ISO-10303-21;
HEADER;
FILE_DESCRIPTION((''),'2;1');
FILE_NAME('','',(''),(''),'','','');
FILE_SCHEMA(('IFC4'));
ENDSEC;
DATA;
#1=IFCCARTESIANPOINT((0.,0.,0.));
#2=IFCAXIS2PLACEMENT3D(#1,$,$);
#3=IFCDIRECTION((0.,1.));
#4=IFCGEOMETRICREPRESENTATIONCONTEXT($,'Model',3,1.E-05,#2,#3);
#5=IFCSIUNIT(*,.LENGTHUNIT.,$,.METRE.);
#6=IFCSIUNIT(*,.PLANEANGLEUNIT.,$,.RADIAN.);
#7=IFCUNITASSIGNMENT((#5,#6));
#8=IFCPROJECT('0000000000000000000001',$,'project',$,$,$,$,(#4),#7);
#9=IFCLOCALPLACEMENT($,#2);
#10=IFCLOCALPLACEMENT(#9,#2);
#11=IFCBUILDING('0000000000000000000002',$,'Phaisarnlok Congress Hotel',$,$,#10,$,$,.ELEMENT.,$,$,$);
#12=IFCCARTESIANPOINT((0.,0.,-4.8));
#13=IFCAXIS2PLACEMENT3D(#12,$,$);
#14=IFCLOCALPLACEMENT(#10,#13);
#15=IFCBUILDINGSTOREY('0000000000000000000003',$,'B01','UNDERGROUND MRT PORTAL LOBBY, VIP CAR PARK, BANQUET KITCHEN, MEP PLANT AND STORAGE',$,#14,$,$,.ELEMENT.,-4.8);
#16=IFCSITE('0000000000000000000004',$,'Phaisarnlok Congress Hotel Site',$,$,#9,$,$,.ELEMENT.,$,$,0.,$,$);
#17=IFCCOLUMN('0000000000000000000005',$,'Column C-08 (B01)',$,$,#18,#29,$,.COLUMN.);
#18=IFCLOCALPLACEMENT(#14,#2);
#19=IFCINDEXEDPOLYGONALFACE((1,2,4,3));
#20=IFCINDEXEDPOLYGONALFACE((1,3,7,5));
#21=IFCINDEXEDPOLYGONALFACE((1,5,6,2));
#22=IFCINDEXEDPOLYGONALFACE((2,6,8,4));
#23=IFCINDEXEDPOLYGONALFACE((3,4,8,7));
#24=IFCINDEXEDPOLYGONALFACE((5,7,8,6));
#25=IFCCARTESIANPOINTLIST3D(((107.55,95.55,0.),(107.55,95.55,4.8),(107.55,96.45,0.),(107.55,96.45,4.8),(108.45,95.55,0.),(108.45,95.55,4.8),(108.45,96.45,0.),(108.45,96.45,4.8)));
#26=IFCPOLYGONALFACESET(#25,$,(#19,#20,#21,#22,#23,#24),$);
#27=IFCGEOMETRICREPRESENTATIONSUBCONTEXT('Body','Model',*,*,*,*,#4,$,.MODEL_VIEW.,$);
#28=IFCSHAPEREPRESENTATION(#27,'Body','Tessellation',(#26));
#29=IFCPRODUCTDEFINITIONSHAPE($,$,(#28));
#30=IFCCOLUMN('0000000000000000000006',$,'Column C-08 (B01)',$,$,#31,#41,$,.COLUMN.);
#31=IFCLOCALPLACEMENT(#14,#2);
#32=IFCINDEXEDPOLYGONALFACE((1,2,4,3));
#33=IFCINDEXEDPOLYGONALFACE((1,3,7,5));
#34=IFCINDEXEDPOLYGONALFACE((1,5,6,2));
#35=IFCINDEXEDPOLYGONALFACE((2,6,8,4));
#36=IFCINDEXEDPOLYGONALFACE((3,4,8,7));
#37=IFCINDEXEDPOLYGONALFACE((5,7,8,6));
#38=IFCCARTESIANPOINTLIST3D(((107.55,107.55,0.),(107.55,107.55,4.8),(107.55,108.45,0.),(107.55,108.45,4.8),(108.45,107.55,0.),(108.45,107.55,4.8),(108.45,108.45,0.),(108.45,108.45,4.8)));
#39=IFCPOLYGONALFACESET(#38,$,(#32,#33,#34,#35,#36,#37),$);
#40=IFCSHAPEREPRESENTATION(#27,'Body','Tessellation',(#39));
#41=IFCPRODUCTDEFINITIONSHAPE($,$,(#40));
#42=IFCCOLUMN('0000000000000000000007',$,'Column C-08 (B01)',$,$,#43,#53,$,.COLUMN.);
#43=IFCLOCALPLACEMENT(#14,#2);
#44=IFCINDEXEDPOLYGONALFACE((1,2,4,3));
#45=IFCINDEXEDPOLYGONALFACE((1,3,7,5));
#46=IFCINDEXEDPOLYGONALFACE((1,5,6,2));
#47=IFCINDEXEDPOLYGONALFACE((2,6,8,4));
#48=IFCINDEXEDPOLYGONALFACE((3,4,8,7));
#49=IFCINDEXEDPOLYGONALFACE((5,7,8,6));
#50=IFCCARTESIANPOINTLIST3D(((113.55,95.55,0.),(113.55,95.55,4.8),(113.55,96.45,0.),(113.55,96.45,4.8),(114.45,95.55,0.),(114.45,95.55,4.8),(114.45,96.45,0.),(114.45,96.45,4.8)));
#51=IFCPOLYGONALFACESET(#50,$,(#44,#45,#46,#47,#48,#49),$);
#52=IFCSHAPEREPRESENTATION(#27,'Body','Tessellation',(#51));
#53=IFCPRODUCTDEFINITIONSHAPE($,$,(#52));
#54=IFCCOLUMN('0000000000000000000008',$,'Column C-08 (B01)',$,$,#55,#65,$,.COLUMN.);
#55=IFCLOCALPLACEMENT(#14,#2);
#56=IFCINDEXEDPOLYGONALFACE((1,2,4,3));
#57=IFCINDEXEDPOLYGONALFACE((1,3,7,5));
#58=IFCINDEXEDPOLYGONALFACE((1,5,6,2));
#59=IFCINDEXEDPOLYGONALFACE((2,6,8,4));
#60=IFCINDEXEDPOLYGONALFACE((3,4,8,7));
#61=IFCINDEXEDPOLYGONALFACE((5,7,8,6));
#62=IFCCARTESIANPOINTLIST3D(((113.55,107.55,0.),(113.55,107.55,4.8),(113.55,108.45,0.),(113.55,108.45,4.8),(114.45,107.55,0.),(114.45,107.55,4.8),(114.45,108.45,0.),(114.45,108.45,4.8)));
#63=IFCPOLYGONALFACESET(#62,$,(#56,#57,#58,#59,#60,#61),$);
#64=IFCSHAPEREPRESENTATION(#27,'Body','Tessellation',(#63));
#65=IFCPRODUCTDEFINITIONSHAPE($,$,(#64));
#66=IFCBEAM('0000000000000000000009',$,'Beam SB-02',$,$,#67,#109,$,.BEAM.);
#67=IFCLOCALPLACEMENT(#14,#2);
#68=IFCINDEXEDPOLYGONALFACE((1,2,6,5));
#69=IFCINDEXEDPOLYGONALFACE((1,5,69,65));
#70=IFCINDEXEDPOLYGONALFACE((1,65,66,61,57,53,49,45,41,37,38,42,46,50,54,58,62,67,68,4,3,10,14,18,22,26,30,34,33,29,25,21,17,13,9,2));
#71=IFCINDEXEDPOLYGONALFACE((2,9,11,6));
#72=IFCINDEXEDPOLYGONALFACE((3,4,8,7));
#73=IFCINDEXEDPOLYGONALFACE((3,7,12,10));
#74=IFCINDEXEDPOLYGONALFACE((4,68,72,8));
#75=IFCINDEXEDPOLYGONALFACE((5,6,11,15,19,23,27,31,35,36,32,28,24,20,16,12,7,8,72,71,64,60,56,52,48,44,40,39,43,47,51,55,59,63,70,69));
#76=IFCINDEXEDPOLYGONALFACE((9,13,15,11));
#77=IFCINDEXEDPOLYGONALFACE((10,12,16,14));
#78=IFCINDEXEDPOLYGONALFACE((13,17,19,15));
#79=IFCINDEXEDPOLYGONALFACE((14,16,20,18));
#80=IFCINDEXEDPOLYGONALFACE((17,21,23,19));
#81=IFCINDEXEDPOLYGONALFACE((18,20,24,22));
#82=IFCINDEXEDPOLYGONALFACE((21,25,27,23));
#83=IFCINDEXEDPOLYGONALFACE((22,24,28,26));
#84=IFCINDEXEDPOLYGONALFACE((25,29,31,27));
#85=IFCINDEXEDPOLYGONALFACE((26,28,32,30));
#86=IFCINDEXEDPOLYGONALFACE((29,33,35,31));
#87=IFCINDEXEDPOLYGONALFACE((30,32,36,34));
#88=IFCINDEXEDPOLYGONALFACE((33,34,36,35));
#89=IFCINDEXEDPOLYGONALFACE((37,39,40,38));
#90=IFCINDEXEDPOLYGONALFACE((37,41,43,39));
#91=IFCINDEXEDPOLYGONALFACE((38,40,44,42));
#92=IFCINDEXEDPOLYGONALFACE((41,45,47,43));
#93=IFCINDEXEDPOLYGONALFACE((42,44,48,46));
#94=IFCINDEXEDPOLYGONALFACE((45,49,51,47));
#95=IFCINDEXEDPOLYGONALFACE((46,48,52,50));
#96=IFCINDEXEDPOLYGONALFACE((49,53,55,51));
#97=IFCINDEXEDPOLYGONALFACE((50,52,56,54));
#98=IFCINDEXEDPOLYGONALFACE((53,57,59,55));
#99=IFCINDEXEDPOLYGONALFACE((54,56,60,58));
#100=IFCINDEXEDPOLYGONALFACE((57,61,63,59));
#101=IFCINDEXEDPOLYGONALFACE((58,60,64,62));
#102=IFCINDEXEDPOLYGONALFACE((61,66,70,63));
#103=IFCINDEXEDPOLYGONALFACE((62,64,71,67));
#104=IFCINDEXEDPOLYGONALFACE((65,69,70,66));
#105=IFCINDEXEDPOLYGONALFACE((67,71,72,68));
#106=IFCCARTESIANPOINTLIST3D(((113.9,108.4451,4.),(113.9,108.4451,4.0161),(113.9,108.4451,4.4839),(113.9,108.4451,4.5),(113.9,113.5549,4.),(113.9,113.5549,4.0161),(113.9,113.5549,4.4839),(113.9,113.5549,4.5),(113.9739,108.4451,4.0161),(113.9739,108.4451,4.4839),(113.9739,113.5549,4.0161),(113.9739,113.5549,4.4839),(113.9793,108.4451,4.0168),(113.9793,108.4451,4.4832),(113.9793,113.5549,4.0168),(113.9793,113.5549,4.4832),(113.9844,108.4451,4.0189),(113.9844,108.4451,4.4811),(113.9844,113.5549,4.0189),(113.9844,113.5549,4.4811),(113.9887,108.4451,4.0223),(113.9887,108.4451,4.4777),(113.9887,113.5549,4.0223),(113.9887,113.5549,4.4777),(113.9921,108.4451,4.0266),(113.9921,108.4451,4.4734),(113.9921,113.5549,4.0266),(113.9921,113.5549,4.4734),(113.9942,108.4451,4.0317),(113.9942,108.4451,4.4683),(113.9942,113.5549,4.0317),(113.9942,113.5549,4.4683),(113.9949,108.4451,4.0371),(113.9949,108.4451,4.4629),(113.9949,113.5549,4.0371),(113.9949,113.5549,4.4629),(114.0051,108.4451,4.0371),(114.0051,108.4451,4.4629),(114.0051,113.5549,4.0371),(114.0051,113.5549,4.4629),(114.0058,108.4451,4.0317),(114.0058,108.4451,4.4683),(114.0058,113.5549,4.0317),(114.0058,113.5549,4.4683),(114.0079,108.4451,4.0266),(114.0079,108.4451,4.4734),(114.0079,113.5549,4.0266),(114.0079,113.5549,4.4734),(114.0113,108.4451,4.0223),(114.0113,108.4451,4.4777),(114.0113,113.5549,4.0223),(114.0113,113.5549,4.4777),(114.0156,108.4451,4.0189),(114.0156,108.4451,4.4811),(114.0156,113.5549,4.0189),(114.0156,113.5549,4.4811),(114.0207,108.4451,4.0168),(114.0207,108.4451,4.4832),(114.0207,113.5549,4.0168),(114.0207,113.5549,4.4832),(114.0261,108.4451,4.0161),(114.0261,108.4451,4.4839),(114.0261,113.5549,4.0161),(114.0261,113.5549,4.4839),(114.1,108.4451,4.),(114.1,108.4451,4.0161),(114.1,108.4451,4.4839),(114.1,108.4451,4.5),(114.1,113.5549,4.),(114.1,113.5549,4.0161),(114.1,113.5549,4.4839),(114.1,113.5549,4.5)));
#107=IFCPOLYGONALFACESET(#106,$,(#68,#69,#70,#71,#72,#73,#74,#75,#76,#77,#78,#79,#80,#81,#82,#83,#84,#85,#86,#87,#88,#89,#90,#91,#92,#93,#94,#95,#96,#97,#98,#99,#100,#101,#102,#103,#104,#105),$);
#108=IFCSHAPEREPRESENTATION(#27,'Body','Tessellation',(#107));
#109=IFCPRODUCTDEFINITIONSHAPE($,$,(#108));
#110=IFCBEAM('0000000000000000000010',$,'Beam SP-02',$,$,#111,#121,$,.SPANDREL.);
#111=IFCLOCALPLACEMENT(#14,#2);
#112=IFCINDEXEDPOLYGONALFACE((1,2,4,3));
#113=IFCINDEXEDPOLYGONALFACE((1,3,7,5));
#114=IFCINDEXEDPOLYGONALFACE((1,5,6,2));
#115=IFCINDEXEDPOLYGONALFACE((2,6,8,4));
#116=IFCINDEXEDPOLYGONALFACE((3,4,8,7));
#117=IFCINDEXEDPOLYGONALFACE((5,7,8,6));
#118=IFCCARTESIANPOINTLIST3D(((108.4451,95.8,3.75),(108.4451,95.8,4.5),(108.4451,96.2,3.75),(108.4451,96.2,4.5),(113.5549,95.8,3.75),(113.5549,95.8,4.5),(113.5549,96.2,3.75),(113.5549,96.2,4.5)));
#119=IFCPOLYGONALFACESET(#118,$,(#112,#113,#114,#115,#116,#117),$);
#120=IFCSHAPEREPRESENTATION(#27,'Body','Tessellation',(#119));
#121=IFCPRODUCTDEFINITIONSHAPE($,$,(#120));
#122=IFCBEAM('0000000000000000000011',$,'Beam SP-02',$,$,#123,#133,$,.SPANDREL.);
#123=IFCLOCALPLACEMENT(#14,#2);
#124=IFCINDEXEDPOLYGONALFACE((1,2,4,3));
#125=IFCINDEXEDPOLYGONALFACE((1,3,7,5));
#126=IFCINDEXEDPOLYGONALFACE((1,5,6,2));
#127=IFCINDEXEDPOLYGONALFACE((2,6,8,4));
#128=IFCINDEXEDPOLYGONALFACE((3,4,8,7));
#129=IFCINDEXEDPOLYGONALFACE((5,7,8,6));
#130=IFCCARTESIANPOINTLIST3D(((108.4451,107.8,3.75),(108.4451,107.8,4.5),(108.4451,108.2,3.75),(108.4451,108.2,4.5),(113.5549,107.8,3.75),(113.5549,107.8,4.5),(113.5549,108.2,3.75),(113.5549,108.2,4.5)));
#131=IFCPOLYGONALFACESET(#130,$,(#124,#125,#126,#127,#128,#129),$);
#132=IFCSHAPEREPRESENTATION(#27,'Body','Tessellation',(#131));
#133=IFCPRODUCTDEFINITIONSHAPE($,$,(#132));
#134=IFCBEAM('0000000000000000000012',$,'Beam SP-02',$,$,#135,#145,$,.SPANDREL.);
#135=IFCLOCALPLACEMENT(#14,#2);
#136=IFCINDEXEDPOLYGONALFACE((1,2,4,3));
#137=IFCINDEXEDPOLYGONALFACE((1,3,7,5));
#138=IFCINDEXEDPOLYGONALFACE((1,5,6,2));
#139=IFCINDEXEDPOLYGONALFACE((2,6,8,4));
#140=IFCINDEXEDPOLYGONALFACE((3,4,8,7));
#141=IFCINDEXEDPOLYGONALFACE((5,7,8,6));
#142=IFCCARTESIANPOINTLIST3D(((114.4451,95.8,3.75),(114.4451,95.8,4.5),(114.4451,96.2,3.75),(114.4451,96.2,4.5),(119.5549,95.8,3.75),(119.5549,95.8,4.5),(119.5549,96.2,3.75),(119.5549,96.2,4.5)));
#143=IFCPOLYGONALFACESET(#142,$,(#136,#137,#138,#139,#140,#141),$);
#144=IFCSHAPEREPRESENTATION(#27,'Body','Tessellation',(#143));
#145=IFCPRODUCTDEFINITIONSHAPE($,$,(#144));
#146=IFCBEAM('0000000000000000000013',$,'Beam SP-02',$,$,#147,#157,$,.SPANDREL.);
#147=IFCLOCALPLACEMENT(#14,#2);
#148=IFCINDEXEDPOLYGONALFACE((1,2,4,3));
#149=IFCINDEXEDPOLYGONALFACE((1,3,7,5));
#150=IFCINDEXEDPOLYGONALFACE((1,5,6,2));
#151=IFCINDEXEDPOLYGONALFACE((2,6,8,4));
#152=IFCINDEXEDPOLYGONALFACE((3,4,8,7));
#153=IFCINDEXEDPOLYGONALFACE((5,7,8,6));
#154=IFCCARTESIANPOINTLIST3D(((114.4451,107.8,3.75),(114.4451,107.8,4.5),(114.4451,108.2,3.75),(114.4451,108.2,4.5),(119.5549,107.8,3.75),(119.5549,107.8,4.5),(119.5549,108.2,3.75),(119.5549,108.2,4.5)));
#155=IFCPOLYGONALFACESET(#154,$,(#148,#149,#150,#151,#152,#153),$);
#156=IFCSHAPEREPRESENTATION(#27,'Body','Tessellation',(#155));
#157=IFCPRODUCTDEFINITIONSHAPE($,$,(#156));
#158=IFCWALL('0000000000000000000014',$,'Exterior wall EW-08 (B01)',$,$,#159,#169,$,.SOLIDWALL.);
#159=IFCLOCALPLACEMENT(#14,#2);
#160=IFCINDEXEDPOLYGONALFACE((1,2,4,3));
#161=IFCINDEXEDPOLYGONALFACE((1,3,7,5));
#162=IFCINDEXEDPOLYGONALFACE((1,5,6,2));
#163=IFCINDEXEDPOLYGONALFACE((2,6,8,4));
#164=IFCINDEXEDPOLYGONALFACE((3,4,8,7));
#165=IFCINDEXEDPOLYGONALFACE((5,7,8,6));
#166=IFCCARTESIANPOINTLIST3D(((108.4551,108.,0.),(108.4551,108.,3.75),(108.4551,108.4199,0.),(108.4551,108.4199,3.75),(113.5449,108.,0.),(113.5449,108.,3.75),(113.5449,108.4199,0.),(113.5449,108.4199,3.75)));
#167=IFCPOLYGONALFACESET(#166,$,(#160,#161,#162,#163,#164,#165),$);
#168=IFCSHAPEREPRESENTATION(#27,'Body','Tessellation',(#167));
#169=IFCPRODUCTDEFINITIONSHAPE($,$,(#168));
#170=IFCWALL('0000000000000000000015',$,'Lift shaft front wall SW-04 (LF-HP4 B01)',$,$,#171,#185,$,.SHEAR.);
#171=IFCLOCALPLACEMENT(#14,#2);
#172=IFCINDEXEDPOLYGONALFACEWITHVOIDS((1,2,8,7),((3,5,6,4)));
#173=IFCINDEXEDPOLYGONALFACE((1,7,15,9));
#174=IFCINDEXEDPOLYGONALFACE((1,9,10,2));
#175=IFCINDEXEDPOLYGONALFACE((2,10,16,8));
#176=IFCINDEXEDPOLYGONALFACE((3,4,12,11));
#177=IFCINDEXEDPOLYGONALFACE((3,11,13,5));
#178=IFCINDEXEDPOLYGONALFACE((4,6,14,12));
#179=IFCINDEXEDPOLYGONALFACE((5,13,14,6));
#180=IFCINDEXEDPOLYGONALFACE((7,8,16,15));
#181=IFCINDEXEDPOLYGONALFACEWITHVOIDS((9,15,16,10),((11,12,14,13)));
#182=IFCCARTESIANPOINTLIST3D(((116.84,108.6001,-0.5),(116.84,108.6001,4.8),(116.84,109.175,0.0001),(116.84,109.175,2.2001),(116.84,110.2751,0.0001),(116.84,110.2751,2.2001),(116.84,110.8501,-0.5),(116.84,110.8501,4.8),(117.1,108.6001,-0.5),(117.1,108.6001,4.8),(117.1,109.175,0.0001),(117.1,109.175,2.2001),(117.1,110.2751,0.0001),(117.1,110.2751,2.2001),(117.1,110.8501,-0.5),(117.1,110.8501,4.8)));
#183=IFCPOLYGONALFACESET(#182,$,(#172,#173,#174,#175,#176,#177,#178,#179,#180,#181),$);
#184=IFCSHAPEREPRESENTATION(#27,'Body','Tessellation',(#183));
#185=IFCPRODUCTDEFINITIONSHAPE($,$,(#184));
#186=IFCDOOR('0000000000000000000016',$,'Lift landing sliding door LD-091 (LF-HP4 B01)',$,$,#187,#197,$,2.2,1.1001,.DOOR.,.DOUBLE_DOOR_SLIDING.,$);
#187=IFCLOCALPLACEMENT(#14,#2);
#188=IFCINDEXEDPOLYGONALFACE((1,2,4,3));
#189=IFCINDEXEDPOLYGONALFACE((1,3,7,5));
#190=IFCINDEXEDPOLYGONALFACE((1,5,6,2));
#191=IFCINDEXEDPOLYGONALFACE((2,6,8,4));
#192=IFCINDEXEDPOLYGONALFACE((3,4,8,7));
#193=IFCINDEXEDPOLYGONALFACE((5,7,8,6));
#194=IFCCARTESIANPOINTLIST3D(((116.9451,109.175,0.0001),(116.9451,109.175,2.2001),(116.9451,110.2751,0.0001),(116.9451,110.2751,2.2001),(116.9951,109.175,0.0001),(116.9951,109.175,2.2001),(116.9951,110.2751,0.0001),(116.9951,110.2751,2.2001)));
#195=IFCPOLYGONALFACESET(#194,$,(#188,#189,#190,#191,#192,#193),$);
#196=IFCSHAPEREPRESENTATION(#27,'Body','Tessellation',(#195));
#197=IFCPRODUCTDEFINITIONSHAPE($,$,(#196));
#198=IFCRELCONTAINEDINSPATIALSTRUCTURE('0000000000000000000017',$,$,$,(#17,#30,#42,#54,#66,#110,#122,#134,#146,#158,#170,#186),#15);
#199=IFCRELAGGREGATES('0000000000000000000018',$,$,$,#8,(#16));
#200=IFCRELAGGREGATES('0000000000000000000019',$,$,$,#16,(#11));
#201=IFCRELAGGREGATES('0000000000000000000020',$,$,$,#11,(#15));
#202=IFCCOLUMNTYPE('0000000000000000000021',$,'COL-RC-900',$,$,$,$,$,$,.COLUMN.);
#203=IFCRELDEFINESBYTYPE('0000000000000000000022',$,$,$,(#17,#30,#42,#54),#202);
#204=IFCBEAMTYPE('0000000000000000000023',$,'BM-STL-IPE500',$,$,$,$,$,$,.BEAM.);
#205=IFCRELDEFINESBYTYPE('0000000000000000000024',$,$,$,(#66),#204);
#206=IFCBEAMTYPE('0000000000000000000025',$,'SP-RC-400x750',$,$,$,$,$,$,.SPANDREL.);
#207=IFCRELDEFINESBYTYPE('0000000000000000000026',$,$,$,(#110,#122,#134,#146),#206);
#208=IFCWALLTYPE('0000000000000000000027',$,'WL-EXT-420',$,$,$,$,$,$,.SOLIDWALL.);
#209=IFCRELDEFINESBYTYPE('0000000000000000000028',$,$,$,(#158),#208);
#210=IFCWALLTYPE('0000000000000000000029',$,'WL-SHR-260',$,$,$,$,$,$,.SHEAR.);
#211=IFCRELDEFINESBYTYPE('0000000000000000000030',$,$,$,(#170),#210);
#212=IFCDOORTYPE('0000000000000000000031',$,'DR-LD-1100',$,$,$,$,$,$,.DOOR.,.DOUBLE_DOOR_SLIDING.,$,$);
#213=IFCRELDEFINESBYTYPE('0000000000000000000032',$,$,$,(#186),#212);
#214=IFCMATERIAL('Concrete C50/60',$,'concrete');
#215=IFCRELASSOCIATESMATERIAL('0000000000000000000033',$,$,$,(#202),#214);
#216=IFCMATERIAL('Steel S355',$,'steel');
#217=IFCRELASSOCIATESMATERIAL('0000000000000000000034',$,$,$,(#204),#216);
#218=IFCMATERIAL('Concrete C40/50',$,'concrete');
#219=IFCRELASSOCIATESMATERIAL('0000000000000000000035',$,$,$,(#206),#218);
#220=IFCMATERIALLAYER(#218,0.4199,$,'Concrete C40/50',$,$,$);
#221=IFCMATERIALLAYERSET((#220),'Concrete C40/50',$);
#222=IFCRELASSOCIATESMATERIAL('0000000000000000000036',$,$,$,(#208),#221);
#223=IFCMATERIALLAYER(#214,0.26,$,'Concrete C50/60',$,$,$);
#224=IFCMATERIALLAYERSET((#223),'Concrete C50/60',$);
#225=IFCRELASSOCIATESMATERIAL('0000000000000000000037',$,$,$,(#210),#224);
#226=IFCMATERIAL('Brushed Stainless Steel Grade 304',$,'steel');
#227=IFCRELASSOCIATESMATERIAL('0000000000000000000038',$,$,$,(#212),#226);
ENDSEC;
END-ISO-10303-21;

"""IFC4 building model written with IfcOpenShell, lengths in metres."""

from ifc_helpers import new_model, si_unit, direction, frame, frame_2d, origin, origin_2d, place, context, subcontext, project, spatial, rectangle, i_section, extrude, material, layer, layer_set, material_profile, profile_set, type_object, element, fill, save


model = new_model("IFC4")

# Units and contexts
model_context = context("Model", 3, precision=1e-05, world=origin(), true_north=direction((0.0, 1.0)))
body_context = subcontext(model_context, "Body", "Model", "MODEL_VIEW")
ifc_project = project(units=[si_unit("LENGTHUNIT", "METRE"), si_unit("PLANEANGLEUNIT", "RADIAN")], contexts=[model_context])

# Site, building, storey
site_placement = place(None, origin())
site = spatial("IfcSite", under=ifc_project, at=site_placement, Name="Phaisarnlok Congress Hotel Site", CompositionType="ELEMENT", RefElevation=0.0)
building_placement = place(site_placement, origin())
building = spatial("IfcBuilding", under=site, at=building_placement, Name="Phaisarnlok Congress Hotel", CompositionType="ELEMENT")
storey_placement = place(building_placement, frame((0.0, 0.0, -4.8)))
storey = spatial("IfcBuildingStorey", under=building, at=storey_placement, Name="B01", Description="UNDERGROUND MRT PORTAL LOBBY, VIP CAR PARK, BANQUET KITCHEN, MEP PLANT AND STORAGE", CompositionType="ELEMENT", Elevation=-4.8)

# Shared definitions
ifc_material_1 = material(Name="Concrete C40/50", Category="concrete")

# Columns
ifc_material_2 = material(Name="Concrete C50/60", Category="concrete")
ifc_material_profile_1 = material_profile(ifc_material_2, rectangle(XDim=0.8999, YDim=0.8999, at=origin_2d()), Name="RC 900x900")
ifc_profile_set_1 = profile_set([ifc_material_profile_1], Name="Concrete C50/60")
column_type = type_object("IfcColumnType", Name="COL-RC-900", PredefinedType="COLUMN", material=ifc_profile_set_1)
for number, where, z_axis, x_axis, name in (
    (1, (108.0, 96.0, 0.0), (0.0, 0.0, 1.0), (1.0, 0.0, 0.0), "Column C-08 (B01)"),
    (2, (108.0, 108.0, 0.0), (0.0, 0.0, 1.0), (1.0, 0.0, 0.0), "Column C-08 (B01)"),
    (3, (114.0, 96.0, 0.0), (0.0, 0.0, 1.0), (1.0, 0.0, 0.0), "Column C-08 (B01)"),
    (4, (114.0, 108.0, 0.0), (0.0, 0.0, 1.0), (1.0, 0.0, 0.0), "Column C-08 (B01)"),
):
    element("IfcColumn", number, at=place(storey_placement, frame(where, z_axis=z_axis, x_axis=x_axis)), inside=storey, type_object=column_type, Name=name, PredefinedType="COLUMN", context=body_context, shape_type="SweptSolid", body=[
        extrude(rectangle(XDim=0.8999, YDim=0.8999, at=origin_2d()), origin(), (0.0, 0.0, 1.0), 4.8),
    ])

# Beams
ifc_material_3 = material(Name="Steel S355", Category="steel")
ifc_material_profile_2 = material_profile(ifc_material_3, i_section(OverallWidth=0.2, OverallDepth=0.5, WebThickness=0.0103, FlangeThickness=0.0161, FilletRadius=0.021, at=origin_2d()), Name="IPE 500")
ifc_profile_set_2 = profile_set([ifc_material_profile_2], Name="Steel S355")
beam_type_1 = type_object("IfcBeamType", Name="BM-STL-IPE500", PredefinedType="BEAM", material=ifc_profile_set_2)
beam_placement = place(storey_placement, frame((114.0, 108.4451, 4.25), z_axis=(0.0, 1.0, 0.0), x_axis=(-1.0, 0.0, 0.0)))
element("IfcBeam", 5, at=beam_placement, inside=storey, type_object=beam_type_1, Name="Beam SB-02", PredefinedType="BEAM", context=body_context, shape_type="SweptSolid", body=[
    extrude(i_section(OverallWidth=0.2, OverallDepth=0.5, WebThickness=0.0103, FlangeThickness=0.0161, FilletRadius=0.021, at=origin_2d()), origin(), (0.0, 0.0, 1.0), 5.1099),
])
ifc_material_profile_3 = material_profile(ifc_material_1, rectangle(XDim=0.3999, YDim=0.75, at=origin_2d()), Name="RC 400x750")
ifc_profile_set_3 = profile_set([ifc_material_profile_3], Name="Concrete C40/50")
beam_type_2 = type_object("IfcBeamType", Name="SP-RC-400x750", PredefinedType="SPANDREL", material=ifc_profile_set_3)
for number, where, z_axis, x_axis, name in (
    (6, (108.4451, 96.0, 4.125), (1.0, 0.0, 0.0), (0.0, 1.0, 0.0), "Beam SP-02"),
    (7, (108.4451, 108.0, 4.125), (1.0, 0.0, 0.0), (0.0, 1.0, 0.0), "Beam SP-02"),
    (8, (114.4451, 96.0, 4.125), (1.0, 0.0, 0.0), (0.0, 1.0, 0.0), "Beam SP-02"),
    (9, (114.4451, 108.0, 4.125), (1.0, 0.0, 0.0), (0.0, 1.0, 0.0), "Beam SP-02"),
):
    element("IfcBeam", number, at=place(storey_placement, frame(where, z_axis=z_axis, x_axis=x_axis)), inside=storey, type_object=beam_type_2, Name=name, PredefinedType="SPANDREL", context=body_context, shape_type="SweptSolid", body=[
        extrude(rectangle(XDim=0.3999, YDim=0.75, at=origin_2d()), origin(), (0.0, 0.0, 1.0), 5.1099),
    ])

# Wall
ifc_layer_1 = layer(ifc_material_1, 0.4199, Name="Concrete C40/50")
ifc_layer_set_1 = layer_set([ifc_layer_1], Name="Concrete C40/50")
wall_type_1 = type_object("IfcWallType", Name="WL-EXT-420", PredefinedType="SOLIDWALL", material=ifc_layer_set_1)
wall_1_placement = place(storey_placement, frame((108.4551, 108.21, 0.0), z_axis=(0.0, 0.0, 1.0), x_axis=(1.0, 0.0, 0.0)))
element("IfcWall", 10, at=wall_1_placement, inside=storey, type_object=wall_type_1, Name="Exterior wall EW-08 (B01)", PredefinedType="SOLIDWALL", context=body_context, shape_type="SweptSolid", body=[
    extrude(rectangle(XDim=5.0898, YDim=0.4199, at=frame_2d((2.5449, 0.0))), origin(), (0.0, 0.0, 1.0), 3.75),
])

# Wall, opening, door
ifc_layer_2 = layer(ifc_material_2, 0.26, Name="Concrete C50/60")
ifc_layer_set_2 = layer_set([ifc_layer_2], Name="Concrete C50/60")
wall_type_2 = type_object("IfcWallType", Name="WL-SHR-260", PredefinedType="SHEAR", material=ifc_layer_set_2)
wall_2_placement = place(storey_placement, frame((116.97, 108.6001, -0.5), z_axis=(0.0, 0.0, 1.0), x_axis=(0.0, 1.0, 0.0)))
wall_2 = element("IfcWall", 11, at=wall_2_placement, inside=storey, type_object=wall_type_2, Name="Lift shaft front wall SW-04 (LF-HP4 B01)", PredefinedType="SHEAR", context=body_context, shape_type="SweptSolid", body=[
    extrude(rectangle(XDim=2.25, YDim=0.26, at=frame_2d((1.125, 0.0))), origin(), (0.0, 0.0, 1.0), 5.3),
])
opening_placement = place(wall_2_placement, frame((0.575, 0.0, 0.5)))
opening = element("IfcOpeningElement", 12, at=opening_placement, cuts=wall_2, PredefinedType="OPENING", context=body_context, shape_type="SweptSolid", body=[
    extrude(rectangle(XDim=1.1001, YDim=2.2, at=frame_2d((0.55, 1.1001))), frame((0.0, 0.1401, 0.0), z_axis=(0.0, -1.0, 0.0), x_axis=(1.0, 0.0, 0.0)), (0.0, 0.0, 1.0), 0.28),
])
ifc_material_4 = material(Name="Brushed Stainless Steel Grade 304", Category="steel")
door_type = type_object("IfcDoorType", Name="DR-LD-1100", OperationType="DOUBLE_DOOR_SLIDING", PredefinedType="DOOR", material=ifc_material_4)
door_placement = place(opening_placement, origin())
door = element("IfcDoor", 13, at=door_placement, inside=storey, type_object=door_type, Name="Lift landing sliding door LD-091 (LF-HP4 B01)", OperationType="DOUBLE_DOOR_SLIDING", OverallHeight=2.2, OverallWidth=1.1001, PredefinedType="DOOR", context=body_context, shape_type="SweptSolid", body=[
    extrude(rectangle(XDim=1.1001, YDim=2.2, at=frame_2d((0.55, 1.1001))), frame((0.0, 0.0249, 0.0), z_axis=(0.0, -1.0, 0.0), x_axis=(1.0, 0.0, 0.0)), (0.0, 0.0, 1.0), 0.05),
])
fill(opening, door)

save(model, "model.ifc")
